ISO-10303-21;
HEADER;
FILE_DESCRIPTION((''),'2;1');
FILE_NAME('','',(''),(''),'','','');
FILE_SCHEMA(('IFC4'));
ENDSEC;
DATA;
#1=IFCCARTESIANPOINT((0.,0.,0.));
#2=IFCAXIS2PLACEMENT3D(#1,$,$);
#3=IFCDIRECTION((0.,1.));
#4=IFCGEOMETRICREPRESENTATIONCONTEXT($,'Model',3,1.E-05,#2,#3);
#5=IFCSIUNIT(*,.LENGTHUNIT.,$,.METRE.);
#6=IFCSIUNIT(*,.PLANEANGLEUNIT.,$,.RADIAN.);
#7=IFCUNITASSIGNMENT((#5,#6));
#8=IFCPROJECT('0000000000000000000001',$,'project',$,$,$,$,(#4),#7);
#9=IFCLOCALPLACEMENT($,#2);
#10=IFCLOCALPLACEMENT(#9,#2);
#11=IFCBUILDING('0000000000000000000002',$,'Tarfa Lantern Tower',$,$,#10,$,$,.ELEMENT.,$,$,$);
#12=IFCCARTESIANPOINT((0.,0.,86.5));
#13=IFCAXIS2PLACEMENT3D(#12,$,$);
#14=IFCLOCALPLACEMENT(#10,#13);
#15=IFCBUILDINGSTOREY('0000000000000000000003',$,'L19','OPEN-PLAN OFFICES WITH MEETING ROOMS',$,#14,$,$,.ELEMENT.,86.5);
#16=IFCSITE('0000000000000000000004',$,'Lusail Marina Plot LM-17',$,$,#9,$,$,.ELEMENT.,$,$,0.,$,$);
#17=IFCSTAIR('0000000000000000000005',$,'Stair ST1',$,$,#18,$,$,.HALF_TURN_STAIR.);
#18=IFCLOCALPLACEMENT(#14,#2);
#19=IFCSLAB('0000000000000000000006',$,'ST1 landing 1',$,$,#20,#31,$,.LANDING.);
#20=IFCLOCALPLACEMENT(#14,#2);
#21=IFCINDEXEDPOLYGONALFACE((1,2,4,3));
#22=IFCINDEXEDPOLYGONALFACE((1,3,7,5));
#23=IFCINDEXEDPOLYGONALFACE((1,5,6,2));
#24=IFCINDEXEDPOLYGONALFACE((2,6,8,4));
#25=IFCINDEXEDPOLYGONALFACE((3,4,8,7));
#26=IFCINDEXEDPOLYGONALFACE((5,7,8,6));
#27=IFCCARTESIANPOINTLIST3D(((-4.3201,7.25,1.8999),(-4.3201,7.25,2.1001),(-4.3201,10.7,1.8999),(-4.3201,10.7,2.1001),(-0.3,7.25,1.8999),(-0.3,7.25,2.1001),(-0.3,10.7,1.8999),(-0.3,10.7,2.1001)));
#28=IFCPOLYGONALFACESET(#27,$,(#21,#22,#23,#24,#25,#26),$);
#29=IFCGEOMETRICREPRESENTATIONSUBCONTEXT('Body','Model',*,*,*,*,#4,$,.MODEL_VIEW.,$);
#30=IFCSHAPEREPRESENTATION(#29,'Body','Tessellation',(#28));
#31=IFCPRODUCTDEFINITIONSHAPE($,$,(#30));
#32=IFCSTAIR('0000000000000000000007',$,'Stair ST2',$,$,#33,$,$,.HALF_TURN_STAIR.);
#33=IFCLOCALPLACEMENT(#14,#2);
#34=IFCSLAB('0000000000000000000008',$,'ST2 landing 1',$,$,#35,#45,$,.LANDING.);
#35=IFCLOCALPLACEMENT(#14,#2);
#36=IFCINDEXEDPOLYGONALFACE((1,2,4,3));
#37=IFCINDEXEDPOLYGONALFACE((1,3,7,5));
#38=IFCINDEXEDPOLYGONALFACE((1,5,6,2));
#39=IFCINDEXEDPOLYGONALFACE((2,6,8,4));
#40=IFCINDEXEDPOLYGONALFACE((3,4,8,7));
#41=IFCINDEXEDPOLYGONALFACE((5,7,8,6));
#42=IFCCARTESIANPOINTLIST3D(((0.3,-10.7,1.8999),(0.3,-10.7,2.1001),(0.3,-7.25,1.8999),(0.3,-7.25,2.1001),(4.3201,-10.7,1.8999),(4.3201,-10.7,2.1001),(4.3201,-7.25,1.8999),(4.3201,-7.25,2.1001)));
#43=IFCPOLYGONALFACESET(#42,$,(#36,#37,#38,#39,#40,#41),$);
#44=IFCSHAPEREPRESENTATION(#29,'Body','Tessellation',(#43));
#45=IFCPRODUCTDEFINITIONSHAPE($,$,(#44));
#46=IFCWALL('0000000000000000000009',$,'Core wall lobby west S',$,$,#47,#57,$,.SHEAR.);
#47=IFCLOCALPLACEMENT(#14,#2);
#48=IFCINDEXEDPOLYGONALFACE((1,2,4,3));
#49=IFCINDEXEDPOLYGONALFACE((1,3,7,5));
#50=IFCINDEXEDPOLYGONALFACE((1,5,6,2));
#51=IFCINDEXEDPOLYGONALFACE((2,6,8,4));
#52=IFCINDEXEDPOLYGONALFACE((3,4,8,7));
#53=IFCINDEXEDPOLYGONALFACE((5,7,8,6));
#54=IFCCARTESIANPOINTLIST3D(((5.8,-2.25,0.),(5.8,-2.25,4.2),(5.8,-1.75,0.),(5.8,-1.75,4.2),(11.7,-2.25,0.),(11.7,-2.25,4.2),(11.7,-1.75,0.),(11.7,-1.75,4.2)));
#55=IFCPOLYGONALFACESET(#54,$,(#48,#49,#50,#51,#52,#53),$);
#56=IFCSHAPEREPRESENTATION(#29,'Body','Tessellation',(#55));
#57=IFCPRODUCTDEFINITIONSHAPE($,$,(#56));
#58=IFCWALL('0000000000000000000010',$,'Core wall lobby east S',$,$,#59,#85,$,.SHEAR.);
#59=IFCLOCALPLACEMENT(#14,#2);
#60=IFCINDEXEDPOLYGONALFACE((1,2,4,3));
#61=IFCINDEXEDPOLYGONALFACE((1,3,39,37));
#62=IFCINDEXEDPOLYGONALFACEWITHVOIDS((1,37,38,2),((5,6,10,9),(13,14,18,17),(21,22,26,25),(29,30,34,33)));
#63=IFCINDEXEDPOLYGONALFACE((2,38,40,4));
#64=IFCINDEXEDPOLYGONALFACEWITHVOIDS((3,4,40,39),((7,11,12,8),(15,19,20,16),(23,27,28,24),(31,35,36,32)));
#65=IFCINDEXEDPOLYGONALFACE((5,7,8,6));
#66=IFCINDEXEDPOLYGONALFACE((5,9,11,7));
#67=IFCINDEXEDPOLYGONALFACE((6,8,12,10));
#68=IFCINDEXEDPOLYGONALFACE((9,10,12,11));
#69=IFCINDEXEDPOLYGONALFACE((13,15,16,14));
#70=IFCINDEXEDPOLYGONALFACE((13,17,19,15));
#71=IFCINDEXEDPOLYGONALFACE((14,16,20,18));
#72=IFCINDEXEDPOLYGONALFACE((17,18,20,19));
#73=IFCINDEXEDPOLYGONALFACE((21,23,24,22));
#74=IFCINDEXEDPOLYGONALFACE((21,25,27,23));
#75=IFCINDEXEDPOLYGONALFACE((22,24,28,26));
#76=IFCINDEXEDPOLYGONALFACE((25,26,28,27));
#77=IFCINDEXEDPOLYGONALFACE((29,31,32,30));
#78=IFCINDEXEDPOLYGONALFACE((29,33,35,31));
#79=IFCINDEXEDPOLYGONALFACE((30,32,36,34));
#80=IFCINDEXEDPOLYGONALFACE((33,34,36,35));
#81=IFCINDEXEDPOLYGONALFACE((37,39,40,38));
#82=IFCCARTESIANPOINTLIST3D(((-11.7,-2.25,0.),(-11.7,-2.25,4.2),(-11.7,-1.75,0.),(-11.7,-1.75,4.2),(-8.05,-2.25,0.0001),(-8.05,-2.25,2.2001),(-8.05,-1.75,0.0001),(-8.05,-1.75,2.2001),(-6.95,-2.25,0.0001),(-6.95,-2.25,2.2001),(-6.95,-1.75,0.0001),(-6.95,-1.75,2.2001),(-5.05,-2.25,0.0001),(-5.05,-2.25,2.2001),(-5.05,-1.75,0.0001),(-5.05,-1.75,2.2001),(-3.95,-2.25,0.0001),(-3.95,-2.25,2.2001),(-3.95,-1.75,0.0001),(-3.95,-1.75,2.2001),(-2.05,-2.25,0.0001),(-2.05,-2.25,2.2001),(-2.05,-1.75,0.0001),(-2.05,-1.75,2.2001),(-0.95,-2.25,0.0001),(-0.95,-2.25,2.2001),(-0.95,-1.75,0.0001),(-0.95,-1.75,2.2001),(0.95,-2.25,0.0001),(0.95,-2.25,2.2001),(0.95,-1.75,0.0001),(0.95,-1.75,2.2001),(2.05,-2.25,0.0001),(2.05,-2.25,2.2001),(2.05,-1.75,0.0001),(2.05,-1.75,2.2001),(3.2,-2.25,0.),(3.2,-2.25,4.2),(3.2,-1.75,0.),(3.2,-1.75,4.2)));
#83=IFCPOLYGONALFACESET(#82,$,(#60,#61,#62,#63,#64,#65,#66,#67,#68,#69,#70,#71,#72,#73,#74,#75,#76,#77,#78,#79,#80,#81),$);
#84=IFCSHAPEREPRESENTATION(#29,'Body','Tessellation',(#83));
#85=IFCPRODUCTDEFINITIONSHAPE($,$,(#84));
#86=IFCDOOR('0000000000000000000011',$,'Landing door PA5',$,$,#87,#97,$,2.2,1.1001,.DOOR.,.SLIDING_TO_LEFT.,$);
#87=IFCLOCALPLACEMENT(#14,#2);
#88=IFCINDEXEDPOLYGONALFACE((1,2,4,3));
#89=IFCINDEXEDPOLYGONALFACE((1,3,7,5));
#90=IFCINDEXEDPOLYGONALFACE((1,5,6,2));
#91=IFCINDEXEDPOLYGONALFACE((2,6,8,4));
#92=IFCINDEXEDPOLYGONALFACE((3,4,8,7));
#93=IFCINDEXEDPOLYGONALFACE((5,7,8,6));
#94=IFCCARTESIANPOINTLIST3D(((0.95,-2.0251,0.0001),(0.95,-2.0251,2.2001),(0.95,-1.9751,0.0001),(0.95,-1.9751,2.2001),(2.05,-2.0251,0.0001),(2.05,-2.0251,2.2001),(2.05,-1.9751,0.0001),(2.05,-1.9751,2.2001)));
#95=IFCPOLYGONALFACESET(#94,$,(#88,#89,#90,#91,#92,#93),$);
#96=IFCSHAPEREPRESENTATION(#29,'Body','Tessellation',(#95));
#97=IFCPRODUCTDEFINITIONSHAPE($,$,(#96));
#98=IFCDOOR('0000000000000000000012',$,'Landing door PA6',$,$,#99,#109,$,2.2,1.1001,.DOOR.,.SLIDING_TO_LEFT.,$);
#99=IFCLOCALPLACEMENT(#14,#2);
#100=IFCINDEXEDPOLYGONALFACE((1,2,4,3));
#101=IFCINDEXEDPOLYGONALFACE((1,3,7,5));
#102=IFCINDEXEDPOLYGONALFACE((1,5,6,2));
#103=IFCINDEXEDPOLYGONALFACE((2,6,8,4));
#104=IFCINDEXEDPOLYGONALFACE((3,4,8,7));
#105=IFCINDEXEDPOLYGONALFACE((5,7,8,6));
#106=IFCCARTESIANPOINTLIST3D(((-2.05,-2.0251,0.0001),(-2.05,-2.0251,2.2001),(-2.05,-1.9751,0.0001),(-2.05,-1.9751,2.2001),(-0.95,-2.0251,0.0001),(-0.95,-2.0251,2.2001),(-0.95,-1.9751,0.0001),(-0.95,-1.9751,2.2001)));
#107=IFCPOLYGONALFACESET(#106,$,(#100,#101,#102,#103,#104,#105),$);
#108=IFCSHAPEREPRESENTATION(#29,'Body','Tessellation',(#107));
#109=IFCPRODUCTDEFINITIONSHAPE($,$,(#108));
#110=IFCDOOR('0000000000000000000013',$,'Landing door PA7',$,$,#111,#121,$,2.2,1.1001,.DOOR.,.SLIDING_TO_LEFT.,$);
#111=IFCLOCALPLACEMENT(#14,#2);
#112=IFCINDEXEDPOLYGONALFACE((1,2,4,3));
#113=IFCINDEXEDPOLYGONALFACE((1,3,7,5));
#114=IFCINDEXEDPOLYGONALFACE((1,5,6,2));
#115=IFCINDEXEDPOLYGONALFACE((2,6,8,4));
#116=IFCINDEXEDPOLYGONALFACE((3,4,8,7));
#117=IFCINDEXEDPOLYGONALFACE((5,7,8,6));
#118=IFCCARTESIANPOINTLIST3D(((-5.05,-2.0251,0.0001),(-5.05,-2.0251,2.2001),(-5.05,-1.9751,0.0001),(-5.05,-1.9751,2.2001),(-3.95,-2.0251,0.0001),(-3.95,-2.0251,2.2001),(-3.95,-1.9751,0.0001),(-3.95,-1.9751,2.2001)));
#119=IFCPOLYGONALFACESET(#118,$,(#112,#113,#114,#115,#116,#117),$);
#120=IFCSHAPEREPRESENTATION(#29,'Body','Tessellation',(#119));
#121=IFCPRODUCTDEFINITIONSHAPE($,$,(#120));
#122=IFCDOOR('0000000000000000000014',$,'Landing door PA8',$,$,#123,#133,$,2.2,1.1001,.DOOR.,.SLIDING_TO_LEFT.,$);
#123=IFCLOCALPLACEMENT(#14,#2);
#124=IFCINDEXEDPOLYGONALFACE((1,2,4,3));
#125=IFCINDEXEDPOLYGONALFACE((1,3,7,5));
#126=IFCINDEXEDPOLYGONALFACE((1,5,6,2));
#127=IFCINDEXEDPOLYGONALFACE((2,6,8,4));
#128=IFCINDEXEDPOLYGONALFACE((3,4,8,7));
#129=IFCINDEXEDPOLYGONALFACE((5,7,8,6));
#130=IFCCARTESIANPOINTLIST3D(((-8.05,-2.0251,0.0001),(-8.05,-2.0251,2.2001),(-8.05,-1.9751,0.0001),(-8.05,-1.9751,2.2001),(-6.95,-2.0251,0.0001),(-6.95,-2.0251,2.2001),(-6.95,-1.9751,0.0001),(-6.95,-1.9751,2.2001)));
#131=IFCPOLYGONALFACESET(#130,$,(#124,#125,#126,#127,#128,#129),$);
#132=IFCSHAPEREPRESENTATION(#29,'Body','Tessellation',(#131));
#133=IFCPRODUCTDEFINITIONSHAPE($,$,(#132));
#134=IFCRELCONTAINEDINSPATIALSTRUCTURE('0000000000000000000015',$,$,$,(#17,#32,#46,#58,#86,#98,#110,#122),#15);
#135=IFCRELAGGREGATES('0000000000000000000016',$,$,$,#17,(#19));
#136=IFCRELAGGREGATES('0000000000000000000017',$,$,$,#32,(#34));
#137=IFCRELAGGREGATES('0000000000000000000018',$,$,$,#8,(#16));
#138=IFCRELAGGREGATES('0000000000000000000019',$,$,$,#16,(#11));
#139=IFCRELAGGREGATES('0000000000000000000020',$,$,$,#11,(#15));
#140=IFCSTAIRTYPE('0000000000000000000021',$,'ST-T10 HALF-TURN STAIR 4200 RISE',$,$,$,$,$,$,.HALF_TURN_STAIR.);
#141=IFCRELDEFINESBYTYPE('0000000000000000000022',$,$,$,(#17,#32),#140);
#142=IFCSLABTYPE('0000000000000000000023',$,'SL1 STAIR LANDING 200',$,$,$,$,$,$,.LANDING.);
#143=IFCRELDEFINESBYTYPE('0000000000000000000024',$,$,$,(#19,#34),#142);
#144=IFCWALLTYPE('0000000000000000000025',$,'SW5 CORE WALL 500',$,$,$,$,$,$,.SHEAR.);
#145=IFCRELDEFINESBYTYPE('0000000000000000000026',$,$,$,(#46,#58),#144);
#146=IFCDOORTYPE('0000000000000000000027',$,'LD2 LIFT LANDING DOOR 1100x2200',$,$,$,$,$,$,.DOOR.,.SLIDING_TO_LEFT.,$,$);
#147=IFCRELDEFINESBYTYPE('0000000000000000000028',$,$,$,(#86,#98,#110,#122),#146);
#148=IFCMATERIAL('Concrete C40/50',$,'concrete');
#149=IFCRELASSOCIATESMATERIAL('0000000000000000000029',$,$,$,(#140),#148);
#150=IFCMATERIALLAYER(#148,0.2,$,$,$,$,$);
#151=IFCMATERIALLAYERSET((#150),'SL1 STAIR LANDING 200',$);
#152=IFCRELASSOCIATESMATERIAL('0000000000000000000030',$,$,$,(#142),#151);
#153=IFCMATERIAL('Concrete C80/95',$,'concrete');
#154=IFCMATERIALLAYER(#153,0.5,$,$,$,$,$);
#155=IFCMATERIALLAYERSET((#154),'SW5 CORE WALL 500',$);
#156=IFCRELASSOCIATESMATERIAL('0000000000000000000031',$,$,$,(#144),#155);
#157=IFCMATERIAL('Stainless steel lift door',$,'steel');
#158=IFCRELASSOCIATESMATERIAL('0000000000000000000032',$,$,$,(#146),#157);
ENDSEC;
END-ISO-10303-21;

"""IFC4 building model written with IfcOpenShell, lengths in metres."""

from ifc_helpers import new_model, si_unit, direction, frame, frame_2d, origin, place, context, subcontext, project, spatial, polyline, rectangle, outline, extrude, material, layer, layer_set, type_object, element, fill, aggregate, save


model = new_model("IFC4")

# Units and contexts
model_context = context("Model", 3, precision=1e-05, world=origin(), true_north=direction((0.0, 1.0)))
body_context = subcontext(model_context, "Body", "Model", "MODEL_VIEW")
ifc_project = project(units=[si_unit("LENGTHUNIT", "METRE"), si_unit("PLANEANGLEUNIT", "RADIAN")], contexts=[model_context])

# Site, building, storey
site_placement = place(None, origin())
site = spatial("IfcSite", under=ifc_project, at=site_placement, Name="Lusail Marina Plot LM-17", CompositionType="ELEMENT", RefElevation=0.0)
building_placement = place(site_placement, origin())
building = spatial("IfcBuilding", under=site, at=building_placement, Name="Tarfa Lantern Tower", CompositionType="ELEMENT")
storey_placement = place(building_placement, frame((0.0, 0.0, 86.5)))
storey = spatial("IfcBuildingStorey", under=building, at=storey_placement, Name="L19", Description="OPEN-PLAN OFFICES WITH MEETING ROOMS", CompositionType="ELEMENT", Elevation=86.5)

# Stairs, slabs
ifc_material_1 = material(Name="Concrete C40/50", Category="concrete")
stair_type = type_object("IfcStairType", Name="ST-T10 HALF-TURN STAIR 4200 RISE", PredefinedType="HALF_TURN_STAIR", material=ifc_material_1)
stair_1_placement = place(storey_placement, origin())
stair_1 = element("IfcStair", 1, at=stair_1_placement, inside=storey, type_object=stair_type, Name="Stair ST1", PredefinedType="HALF_TURN_STAIR")
ifc_layer_1 = layer(ifc_material_1, 0.2)
ifc_layer_set_1 = layer_set([ifc_layer_1], Name="SL1 STAIR LANDING 200")
slab_type = type_object("IfcSlabType", Name="SL1 STAIR LANDING 200", PredefinedType="LANDING", material=ifc_layer_set_1)
slab_1_placement = place(storey_placement, frame((0.0, 0.0, 1.8999)))
slab_1 = element("IfcSlab", 2, at=slab_1_placement, type_object=slab_type, Name="ST1 landing 1", PredefinedType="LANDING", context=body_context, shape_type="SweptSolid", body=[
    extrude(outline(polyline([(-4.3201, 7.25), (-0.3, 7.25), (-0.3, 10.7), (-4.3201, 10.7), (-4.3201, 7.25)])), origin(), (0.0, 0.0, 1.0), 0.2002),
])
aggregate(stair_1, [slab_1])
stair_2_placement = place(storey_placement, origin())
stair_2 = element("IfcStair", 3, at=stair_2_placement, inside=storey, type_object=stair_type, Name="Stair ST2", PredefinedType="HALF_TURN_STAIR")
slab_2_placement = place(storey_placement, frame((0.0, 0.0, 1.8999)))
slab_2 = element("IfcSlab", 4, at=slab_2_placement, type_object=slab_type, Name="ST2 landing 1", PredefinedType="LANDING", context=body_context, shape_type="SweptSolid", body=[
    extrude(outline(polyline([(4.3201, -7.25), (0.3, -7.25), (0.3, -10.7), (4.3201, -10.7), (4.3201, -7.25)])), origin(), (0.0, 0.0, 1.0), 0.2002),
])
aggregate(stair_2, [slab_2])

# Wall
ifc_material_2 = material(Name="Concrete C80/95", Category="concrete")
ifc_layer_2 = layer(ifc_material_2, 0.5)
ifc_layer_set_2 = layer_set([ifc_layer_2], Name="SW5 CORE WALL 500")
wall_type_1 = type_object("IfcWallType", Name="SW5 CORE WALL 500", PredefinedType="SHEAR", material=ifc_layer_set_2)
wall_1_placement = place(storey_placement, frame((11.7, -2.0, 0.0), z_axis=(0.0, 0.0, 1.0), x_axis=(-1.0, 0.0, 0.0)))
element("IfcWall", 5, at=wall_1_placement, inside=storey, type_object=wall_type_1, Name="Core wall lobby west S", PredefinedType="SHEAR", context=body_context, shape_type="SweptSolid", body=[
    extrude(rectangle(XDim=5.8999, YDim=0.5, at=frame_2d((2.95, 0.0))), origin(), (0.0, 0.0, 1.0), 4.2),
])

# Wall, openings, doors
wall_2_placement = place(storey_placement, frame((3.2, -2.0, 0.0), z_axis=(0.0, 0.0, 1.0), x_axis=(-1.0, 0.0, 0.0)))
wall_2 = element("IfcWall", 6, at=wall_2_placement, inside=storey, type_object=wall_type_1, Name="Core wall lobby east S", PredefinedType="SHEAR", context=body_context, shape_type="SweptSolid", body=[
    extrude(rectangle(XDim=14.8999, YDim=0.5, at=frame_2d((7.45, 0.0))), origin(), (0.0, 0.0, 1.0), 4.2),
])
opening_1_placement = place(wall_2_placement, frame((1.1499, 0.0, 0.0)))
opening_1 = element("IfcOpeningElement", 7, at=opening_1_placement, cuts=wall_2, PredefinedType="OPENING", context=body_context, shape_type="SweptSolid", body=[
    extrude(rectangle(XDim=1.1001, YDim=2.2, at=frame_2d((0.55, 1.1001))), frame((0.0, 0.26, 0.0), z_axis=(0.0, -1.0, 0.0), x_axis=(1.0, 0.0, 0.0)), (0.0, 0.0, 1.0), 0.52),
])
opening_2_placement = place(wall_2_placement, frame((4.1499, 0.0, 0.0)))
opening_2 = element("IfcOpeningElement", 8, at=opening_2_placement, cuts=wall_2, PredefinedType="OPENING", context=body_context, shape_type="SweptSolid", body=[
    extrude(rectangle(XDim=1.1001, YDim=2.2, at=frame_2d((0.55, 1.1001))), frame((0.0, 0.26, 0.0), z_axis=(0.0, -1.0, 0.0), x_axis=(1.0, 0.0, 0.0)), (0.0, 0.0, 1.0), 0.52),
])
opening_3_placement = place(wall_2_placement, frame((7.1499, 0.0, 0.0)))
opening_3 = element("IfcOpeningElement", 9, at=opening_3_placement, cuts=wall_2, PredefinedType="OPENING", context=body_context, shape_type="SweptSolid", body=[
    extrude(rectangle(XDim=1.1001, YDim=2.2, at=frame_2d((0.55, 1.1001))), frame((0.0, 0.26, 0.0), z_axis=(0.0, -1.0, 0.0), x_axis=(1.0, 0.0, 0.0)), (0.0, 0.0, 1.0), 0.52),
])
opening_4_placement = place(wall_2_placement, frame((10.1499, 0.0, 0.0)))
opening_4 = element("IfcOpeningElement", 10, at=opening_4_placement, cuts=wall_2, PredefinedType="OPENING", context=body_context, shape_type="SweptSolid", body=[
    extrude(rectangle(XDim=1.1001, YDim=2.2, at=frame_2d((0.55, 1.1001))), frame((0.0, 0.26, 0.0), z_axis=(0.0, -1.0, 0.0), x_axis=(1.0, 0.0, 0.0)), (0.0, 0.0, 1.0), 0.52),
])
ifc_material_3 = material(Name="Stainless steel lift door", Category="steel")
door_type_1 = type_object("IfcDoorType", Name="LD2 LIFT LANDING DOOR 1100x2200", OperationType="SLIDING_TO_LEFT", PredefinedType="DOOR", material=ifc_material_3)
door_1_placement = place(opening_1_placement, frame((1.1001, 0.0, 0.0), z_axis=(0.0, 0.0, 1.0), x_axis=(-1.0, 0.0, 0.0)))
door_1 = element("IfcDoor", 11, at=door_1_placement, inside=storey, type_object=door_type_1, Name="Landing door PA5", OperationType="SLIDING_TO_LEFT", OverallHeight=2.2, OverallWidth=1.1001, PredefinedType="DOOR", context=body_context, shape_type="SweptSolid", body=[
    extrude(rectangle(XDim=1.1001, YDim=2.2, at=frame_2d((0.55, 1.1001))), frame((0.0, 0.0249, 0.0), z_axis=(0.0, -1.0, 0.0), x_axis=(1.0, 0.0, 0.0)), (0.0, 0.0, 1.0), 0.05),
])
fill(opening_1, door_1)
door_2_placement = place(opening_2_placement, frame((1.1001, 0.0, 0.0), z_axis=(0.0, 0.0, 1.0), x_axis=(-1.0, 0.0, 0.0)))
door_2 = element("IfcDoor", 12, at=door_2_placement, inside=storey, type_object=door_type_1, Name="Landing door PA6", OperationType="SLIDING_TO_LEFT", OverallHeight=2.2, OverallWidth=1.1001, PredefinedType="DOOR", context=body_context, shape_type="SweptSolid", body=[
    extrude(rectangle(XDim=1.1001, YDim=2.2, at=frame_2d((0.55, 1.1001))), frame((0.0, 0.0249, 0.0), z_axis=(0.0, -1.0, 0.0), x_axis=(1.0, 0.0, 0.0)), (0.0, 0.0, 1.0), 0.05),
])
fill(opening_2, door_2)
door_3_placement = place(opening_3_placement, frame((1.1001, 0.0, 0.0), z_axis=(0.0, 0.0, 1.0), x_axis=(-1.0, 0.0, 0.0)))
door_3 = element("IfcDoor", 13, at=door_3_placement, inside=storey, type_object=door_type_1, Name="Landing door PA7", OperationType="SLIDING_TO_LEFT", OverallHeight=2.2, OverallWidth=1.1001, PredefinedType="DOOR", context=body_context, shape_type="SweptSolid", body=[
    extrude(rectangle(XDim=1.1001, YDim=2.2, at=frame_2d((0.55, 1.1001))), frame((0.0, 0.0249, 0.0), z_axis=(0.0, -1.0, 0.0), x_axis=(1.0, 0.0, 0.0)), (0.0, 0.0, 1.0), 0.05),
])
fill(opening_3, door_3)
door_4_placement = place(opening_4_placement, frame((1.1001, 0.0, 0.0), z_axis=(0.0, 0.0, 1.0), x_axis=(-1.0, 0.0, 0.0)))
door_4 = element("IfcDoor", 14, at=door_4_placement, inside=storey, type_object=door_type_1, Name="Landing door PA8", OperationType="SLIDING_TO_LEFT", OverallHeight=2.2, OverallWidth=1.1001, PredefinedType="DOOR", context=body_context, shape_type="SweptSolid", body=[
    extrude(rectangle(XDim=1.1001, YDim=2.2, at=frame_2d((0.55, 1.1001))), frame((0.0, 0.0249, 0.0), z_axis=(0.0, -1.0, 0.0), x_axis=(1.0, 0.0, 0.0)), (0.0, 0.0, 1.0), 0.05),
])
fill(opening_4, door_4)

save(model, "model.ifc")
